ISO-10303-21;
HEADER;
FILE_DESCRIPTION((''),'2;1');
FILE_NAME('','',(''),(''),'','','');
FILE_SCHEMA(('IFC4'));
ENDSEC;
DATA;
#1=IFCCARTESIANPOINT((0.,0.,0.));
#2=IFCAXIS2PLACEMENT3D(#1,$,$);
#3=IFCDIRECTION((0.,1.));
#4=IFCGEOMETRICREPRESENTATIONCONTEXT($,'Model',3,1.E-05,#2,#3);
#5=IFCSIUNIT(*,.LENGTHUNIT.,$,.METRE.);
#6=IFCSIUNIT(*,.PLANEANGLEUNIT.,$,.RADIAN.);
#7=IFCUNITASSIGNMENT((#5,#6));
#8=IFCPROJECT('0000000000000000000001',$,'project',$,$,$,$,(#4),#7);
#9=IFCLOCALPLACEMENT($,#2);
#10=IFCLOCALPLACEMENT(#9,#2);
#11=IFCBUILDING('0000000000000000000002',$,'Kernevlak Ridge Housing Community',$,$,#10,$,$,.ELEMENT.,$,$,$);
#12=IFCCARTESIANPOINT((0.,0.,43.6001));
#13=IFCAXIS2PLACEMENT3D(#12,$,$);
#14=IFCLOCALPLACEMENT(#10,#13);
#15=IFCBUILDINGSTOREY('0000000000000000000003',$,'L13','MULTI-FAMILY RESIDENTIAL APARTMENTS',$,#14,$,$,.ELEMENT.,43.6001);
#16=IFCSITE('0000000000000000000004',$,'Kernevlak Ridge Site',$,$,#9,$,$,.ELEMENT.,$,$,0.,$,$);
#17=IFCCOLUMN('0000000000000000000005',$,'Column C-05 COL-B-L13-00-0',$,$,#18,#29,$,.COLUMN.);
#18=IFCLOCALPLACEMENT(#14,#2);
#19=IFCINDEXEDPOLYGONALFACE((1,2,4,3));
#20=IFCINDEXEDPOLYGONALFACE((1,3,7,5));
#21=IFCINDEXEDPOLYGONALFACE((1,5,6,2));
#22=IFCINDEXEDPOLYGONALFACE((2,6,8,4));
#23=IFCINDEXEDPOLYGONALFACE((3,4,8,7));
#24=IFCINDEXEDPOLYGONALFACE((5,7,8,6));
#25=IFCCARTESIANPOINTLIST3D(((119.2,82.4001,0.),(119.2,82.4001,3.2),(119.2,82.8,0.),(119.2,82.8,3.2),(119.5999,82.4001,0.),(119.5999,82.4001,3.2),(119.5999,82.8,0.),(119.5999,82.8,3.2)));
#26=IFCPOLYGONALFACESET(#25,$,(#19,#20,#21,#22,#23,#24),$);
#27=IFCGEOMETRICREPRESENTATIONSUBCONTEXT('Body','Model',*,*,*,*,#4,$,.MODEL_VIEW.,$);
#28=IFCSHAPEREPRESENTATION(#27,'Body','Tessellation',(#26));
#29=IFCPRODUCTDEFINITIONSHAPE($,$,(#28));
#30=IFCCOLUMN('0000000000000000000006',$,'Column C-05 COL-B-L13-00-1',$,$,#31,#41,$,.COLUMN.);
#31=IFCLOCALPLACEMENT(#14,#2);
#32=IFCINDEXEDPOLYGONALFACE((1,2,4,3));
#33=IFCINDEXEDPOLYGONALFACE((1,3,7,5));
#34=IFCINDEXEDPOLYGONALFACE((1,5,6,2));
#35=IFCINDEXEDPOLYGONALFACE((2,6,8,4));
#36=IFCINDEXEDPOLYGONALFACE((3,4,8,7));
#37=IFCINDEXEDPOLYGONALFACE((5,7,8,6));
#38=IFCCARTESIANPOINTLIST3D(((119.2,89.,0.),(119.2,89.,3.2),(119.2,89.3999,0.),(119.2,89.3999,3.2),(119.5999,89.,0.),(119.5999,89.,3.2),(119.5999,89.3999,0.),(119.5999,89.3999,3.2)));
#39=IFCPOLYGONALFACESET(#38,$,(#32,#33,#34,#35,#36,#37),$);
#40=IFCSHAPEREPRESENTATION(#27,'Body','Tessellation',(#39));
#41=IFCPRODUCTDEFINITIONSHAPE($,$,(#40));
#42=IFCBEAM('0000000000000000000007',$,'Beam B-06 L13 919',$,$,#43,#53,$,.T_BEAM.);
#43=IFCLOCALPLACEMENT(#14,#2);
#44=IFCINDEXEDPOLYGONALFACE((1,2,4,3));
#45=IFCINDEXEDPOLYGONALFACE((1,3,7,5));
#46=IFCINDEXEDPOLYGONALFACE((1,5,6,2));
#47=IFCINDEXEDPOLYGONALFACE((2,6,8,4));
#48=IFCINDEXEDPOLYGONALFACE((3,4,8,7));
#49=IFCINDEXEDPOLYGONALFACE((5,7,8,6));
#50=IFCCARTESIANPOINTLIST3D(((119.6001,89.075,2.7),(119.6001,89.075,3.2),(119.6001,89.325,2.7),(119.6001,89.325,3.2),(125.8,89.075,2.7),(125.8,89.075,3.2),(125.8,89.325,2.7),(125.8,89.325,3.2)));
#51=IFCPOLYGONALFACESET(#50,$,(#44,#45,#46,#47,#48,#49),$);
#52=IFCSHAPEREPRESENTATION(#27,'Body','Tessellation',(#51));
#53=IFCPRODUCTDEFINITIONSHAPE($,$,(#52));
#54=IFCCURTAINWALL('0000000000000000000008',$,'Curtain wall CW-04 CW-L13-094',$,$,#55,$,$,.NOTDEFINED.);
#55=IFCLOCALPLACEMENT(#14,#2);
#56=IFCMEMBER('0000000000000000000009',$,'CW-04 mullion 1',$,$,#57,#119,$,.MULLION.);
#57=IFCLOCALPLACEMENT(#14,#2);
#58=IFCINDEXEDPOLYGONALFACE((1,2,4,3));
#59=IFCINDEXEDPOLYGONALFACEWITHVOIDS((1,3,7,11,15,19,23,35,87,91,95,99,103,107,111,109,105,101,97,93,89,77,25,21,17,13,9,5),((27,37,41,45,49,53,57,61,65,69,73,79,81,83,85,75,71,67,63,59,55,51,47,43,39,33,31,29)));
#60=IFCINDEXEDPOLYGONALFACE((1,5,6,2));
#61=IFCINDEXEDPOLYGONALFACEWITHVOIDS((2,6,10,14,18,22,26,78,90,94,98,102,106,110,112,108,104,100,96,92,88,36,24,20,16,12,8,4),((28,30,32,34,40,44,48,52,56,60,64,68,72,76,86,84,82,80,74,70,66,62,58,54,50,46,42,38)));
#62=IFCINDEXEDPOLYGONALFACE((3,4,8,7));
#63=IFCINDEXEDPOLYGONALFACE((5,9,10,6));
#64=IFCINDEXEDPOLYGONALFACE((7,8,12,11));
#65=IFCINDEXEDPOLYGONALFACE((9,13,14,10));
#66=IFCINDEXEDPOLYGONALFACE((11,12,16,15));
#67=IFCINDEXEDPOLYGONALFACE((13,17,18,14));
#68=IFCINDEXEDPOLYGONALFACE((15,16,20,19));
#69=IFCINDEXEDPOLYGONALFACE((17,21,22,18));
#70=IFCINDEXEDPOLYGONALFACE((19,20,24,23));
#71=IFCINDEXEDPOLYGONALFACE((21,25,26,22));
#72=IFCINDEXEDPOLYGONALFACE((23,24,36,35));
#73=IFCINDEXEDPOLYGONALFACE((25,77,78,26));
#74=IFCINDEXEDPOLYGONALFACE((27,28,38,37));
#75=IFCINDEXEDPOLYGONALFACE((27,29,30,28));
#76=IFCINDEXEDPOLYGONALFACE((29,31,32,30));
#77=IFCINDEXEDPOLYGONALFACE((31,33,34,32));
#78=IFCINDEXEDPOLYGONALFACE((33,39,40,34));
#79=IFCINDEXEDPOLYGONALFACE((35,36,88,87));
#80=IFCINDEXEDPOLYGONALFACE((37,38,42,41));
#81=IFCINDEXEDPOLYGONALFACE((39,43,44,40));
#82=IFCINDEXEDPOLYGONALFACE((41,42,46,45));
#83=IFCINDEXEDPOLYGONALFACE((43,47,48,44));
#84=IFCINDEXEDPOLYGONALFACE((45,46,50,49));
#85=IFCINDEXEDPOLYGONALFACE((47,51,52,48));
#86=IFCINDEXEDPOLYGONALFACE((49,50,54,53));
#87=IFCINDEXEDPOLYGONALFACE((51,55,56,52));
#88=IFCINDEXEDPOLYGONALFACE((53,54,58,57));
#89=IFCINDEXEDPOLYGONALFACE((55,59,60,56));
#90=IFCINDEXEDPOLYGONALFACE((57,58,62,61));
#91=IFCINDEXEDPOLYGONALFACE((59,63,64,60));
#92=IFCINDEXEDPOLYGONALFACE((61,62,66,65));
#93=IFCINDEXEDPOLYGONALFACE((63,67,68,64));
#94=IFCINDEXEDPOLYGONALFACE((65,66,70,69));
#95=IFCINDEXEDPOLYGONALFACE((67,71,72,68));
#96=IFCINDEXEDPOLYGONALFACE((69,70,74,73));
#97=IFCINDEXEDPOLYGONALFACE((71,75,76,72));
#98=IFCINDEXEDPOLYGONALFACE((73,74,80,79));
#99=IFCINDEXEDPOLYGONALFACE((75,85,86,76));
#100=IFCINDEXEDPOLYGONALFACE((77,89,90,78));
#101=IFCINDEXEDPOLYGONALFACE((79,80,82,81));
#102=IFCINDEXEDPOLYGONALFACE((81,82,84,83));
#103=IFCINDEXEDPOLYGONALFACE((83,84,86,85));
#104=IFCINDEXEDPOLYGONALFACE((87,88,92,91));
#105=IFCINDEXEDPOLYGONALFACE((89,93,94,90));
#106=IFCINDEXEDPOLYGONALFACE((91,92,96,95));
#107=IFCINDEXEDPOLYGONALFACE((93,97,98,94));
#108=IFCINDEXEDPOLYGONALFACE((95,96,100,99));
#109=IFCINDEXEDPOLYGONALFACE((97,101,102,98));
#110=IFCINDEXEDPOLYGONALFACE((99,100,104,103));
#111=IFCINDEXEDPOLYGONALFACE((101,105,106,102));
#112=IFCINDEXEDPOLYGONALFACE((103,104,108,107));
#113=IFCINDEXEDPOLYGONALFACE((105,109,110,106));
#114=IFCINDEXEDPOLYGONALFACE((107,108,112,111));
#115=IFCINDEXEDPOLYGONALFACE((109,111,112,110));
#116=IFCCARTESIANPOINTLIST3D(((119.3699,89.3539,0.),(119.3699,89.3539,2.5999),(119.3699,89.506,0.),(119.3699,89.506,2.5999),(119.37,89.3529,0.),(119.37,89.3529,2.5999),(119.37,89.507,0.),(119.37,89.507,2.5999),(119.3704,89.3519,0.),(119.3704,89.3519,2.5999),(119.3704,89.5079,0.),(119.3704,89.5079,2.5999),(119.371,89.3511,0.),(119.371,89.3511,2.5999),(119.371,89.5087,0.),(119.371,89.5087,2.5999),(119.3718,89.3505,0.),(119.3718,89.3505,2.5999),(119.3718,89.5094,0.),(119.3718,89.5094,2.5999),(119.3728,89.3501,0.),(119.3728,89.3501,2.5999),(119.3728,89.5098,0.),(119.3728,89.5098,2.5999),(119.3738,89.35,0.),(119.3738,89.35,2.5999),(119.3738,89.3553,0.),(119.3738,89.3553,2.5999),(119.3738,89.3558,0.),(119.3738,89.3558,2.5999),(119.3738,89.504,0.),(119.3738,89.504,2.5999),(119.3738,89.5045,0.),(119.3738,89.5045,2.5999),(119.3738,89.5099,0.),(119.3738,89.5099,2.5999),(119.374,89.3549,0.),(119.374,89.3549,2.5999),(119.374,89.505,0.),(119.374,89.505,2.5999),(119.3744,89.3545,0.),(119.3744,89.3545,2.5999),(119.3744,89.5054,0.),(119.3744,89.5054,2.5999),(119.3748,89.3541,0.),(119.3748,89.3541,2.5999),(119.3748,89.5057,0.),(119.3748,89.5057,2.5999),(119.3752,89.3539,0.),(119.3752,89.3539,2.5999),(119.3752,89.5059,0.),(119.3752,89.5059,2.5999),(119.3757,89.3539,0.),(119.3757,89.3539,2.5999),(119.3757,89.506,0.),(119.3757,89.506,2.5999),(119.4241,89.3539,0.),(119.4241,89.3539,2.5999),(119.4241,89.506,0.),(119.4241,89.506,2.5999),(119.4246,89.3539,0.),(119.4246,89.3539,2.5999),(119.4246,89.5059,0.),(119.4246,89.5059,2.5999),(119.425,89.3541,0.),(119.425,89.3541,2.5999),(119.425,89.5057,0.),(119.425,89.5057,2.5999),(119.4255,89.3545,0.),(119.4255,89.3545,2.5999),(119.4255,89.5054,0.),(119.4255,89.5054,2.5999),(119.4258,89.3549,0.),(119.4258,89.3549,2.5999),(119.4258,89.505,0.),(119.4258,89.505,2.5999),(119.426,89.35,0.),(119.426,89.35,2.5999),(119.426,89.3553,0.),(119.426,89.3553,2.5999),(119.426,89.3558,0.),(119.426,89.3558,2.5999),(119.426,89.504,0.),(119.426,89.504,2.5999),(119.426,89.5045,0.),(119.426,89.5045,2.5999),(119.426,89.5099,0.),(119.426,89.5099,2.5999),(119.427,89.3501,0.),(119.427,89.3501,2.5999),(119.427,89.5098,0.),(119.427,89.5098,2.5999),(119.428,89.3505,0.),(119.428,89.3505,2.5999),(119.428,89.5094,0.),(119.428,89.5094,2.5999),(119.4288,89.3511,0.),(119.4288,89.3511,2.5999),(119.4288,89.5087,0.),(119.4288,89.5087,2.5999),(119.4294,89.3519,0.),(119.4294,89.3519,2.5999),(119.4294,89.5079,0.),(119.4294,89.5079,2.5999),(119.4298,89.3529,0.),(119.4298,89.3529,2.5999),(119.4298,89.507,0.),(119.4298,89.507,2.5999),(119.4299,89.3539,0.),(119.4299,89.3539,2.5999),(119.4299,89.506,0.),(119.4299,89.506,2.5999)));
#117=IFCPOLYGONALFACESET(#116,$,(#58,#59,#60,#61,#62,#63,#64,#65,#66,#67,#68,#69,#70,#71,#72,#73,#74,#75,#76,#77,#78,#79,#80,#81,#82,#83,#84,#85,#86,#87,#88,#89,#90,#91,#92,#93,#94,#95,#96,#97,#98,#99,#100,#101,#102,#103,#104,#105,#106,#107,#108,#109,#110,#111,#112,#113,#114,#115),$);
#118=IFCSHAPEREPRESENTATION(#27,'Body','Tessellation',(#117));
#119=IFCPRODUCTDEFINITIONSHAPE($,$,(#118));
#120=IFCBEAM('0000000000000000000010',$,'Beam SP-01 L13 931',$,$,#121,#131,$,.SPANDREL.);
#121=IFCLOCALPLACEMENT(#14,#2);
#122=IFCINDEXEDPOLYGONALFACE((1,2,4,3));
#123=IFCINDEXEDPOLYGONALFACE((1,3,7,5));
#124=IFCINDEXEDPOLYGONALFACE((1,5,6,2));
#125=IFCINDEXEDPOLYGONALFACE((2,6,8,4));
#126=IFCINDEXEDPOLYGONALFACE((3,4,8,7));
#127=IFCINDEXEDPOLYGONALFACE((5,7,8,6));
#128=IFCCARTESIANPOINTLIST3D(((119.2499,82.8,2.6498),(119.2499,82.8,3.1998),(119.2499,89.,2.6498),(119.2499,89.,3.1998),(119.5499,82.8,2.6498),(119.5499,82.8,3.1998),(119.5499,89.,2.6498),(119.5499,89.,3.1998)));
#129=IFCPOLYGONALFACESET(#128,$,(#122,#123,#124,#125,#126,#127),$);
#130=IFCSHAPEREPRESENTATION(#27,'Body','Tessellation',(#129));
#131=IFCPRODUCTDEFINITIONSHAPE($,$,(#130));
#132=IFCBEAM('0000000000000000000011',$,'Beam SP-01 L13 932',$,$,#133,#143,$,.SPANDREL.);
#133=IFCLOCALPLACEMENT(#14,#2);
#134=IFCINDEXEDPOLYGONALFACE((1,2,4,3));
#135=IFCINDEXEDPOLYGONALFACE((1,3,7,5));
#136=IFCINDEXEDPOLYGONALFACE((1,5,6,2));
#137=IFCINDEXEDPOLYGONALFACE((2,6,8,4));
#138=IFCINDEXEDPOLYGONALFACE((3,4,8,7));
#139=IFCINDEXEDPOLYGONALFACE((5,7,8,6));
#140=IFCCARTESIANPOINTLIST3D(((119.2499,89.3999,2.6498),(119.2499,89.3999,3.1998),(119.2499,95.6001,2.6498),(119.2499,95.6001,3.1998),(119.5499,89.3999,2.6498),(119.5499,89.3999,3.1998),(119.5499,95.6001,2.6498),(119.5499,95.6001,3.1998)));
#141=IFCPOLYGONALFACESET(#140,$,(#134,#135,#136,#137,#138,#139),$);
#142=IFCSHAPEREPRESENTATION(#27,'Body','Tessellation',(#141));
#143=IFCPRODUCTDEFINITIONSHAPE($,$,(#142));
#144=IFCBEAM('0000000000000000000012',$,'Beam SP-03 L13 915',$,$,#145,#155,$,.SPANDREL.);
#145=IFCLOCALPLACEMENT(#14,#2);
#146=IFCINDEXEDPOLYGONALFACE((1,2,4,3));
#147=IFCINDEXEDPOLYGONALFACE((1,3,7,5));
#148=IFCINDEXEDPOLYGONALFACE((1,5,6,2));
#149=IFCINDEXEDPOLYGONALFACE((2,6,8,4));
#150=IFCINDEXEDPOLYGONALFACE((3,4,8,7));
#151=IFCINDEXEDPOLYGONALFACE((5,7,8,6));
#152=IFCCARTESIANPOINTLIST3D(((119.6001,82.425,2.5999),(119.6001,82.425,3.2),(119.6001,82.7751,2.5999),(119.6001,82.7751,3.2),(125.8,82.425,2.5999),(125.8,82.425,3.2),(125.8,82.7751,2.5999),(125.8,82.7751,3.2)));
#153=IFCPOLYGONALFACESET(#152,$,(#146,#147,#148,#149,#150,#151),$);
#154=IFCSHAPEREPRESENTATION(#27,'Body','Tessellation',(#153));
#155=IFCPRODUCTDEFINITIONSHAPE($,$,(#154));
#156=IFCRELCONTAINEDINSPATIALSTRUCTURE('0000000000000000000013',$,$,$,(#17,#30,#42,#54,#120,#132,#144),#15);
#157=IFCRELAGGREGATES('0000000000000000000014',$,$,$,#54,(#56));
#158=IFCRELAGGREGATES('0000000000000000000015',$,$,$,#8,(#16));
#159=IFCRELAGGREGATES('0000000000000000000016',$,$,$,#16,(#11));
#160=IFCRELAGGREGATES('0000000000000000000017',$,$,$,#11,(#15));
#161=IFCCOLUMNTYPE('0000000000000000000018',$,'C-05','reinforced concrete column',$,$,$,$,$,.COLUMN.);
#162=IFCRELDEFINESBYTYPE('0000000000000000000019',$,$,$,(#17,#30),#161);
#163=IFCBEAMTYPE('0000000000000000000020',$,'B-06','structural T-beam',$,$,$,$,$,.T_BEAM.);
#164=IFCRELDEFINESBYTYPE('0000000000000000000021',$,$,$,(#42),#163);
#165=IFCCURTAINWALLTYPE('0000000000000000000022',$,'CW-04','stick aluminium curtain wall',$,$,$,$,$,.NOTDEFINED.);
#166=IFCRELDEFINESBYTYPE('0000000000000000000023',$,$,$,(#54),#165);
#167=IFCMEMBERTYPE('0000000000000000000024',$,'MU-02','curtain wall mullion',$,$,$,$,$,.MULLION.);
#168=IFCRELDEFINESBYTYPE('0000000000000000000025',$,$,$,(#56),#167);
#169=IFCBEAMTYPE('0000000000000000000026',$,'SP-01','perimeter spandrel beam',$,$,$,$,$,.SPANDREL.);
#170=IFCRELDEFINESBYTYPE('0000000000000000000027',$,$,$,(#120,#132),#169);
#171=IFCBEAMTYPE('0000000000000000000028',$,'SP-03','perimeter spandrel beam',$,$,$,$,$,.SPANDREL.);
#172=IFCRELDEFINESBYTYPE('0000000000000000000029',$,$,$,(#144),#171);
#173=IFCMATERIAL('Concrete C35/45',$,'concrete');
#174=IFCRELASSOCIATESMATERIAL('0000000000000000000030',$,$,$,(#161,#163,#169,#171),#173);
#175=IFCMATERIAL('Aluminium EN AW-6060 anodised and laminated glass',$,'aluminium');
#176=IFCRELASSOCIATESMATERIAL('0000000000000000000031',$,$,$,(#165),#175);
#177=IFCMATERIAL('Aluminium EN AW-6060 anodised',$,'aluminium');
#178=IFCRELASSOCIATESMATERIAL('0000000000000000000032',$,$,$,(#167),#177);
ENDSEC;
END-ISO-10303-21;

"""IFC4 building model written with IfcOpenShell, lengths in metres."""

from ifc_helpers import new_model, si_unit, direction, frame, origin, origin_2d, place, context, subcontext, project, spatial, rectangle, hollow_rectangle, extrude, material, material_profile, profile_set, type_object, element, aggregate, save


model = new_model("IFC4")

# Units and contexts
model_context = context("Model", 3, precision=1e-05, world=origin(), true_north=direction((0.0, 1.0)))
body_context = subcontext(model_context, "Body", "Model", "MODEL_VIEW")
ifc_project = project(units=[si_unit("LENGTHUNIT", "METRE"), si_unit("PLANEANGLEUNIT", "RADIAN")], contexts=[model_context])

# Site, building, storey
site_placement = place(None, origin())
site = spatial("IfcSite", under=ifc_project, at=site_placement, Name="Kernevlak Ridge Site", CompositionType="ELEMENT", RefElevation=0.0)
building_placement = place(site_placement, origin())
building = spatial("IfcBuilding", under=site, at=building_placement, Name="Kernevlak Ridge Housing Community", CompositionType="ELEMENT")
storey_placement = place(building_placement, frame((0.0, 0.0, 43.6001)))
storey = spatial("IfcBuildingStorey", under=building, at=storey_placement, Name="L13", Description="MULTI-FAMILY RESIDENTIAL APARTMENTS", CompositionType="ELEMENT", Elevation=43.6001)

# Columns
ifc_material_1 = material(Name="Concrete C35/45", Category="concrete")
ifc_material_profile_1 = material_profile(ifc_material_1, rectangle(XDim=0.3999, YDim=0.3999, at=origin_2d()), Name="RC 400x400")
ifc_profile_set_1 = profile_set([ifc_material_profile_1], Name="Concrete C35/45")
column_type = type_object("IfcColumnType", Name="C-05", Description="reinforced concrete column", PredefinedType="COLUMN", material=ifc_profile_set_1)
for number, where, z_axis, x_axis, name in (
    (1, (119.3999, 82.6001, 0.0), (0.0, 0.0, 1.0), (1.0, 0.0, 0.0), "Column C-05 COL-B-L13-00-0"),
    (2, (119.3999, 89.2, 0.0), (0.0, 0.0, 1.0), (1.0, 0.0, 0.0), "Column C-05 COL-B-L13-00-1"),
):
    element("IfcColumn", number, at=place(storey_placement, frame(where, z_axis=z_axis, x_axis=x_axis)), inside=storey, type_object=column_type, Name=name, PredefinedType="COLUMN", context=body_context, shape_type="SweptSolid", body=[
        extrude(rectangle(XDim=0.3999, YDim=0.3999, at=origin_2d()), origin(), (0.0, 0.0, 1.0), 3.2),
    ])

# Beam
ifc_material_profile_2 = material_profile(ifc_material_1, rectangle(XDim=0.25, YDim=0.5, at=origin_2d()), Name="RC 250x500")
ifc_profile_set_2 = profile_set([ifc_material_profile_2], Name="Concrete C35/45")
beam_type_1 = type_object("IfcBeamType", Name="B-06", Description="structural T-beam", PredefinedType="T_BEAM", material=ifc_profile_set_2)
beam_1_placement = place(storey_placement, frame((119.6001, 89.2, 2.95), z_axis=(1.0, 0.0, 0.0), x_axis=(0.0, 1.0, 0.0)))
element("IfcBeam", 3, at=beam_1_placement, inside=storey, type_object=beam_type_1, Name="Beam B-06 L13 919", PredefinedType="T_BEAM", context=body_context, shape_type="SweptSolid", body=[
    extrude(rectangle(XDim=0.25, YDim=0.5, at=origin_2d()), origin(), (0.0, 0.0, 1.0), 6.2),
])

# Curtain wall, member
ifc_material_2 = material(Name="Aluminium EN AW-6060 anodised and laminated glass", Category="aluminium")
curtain_wall_type_1 = type_object("IfcCurtainWallType", Name="CW-04", Description="stick aluminium curtain wall", PredefinedType="NOTDEFINED", material=ifc_material_2)
curtain_wall_1_placement = place(storey_placement, origin())
curtain_wall_1 = element("IfcCurtainWall", 4, at=curtain_wall_1_placement, inside=storey, type_object=curtain_wall_type_1, Name="Curtain wall CW-04 CW-L13-094", PredefinedType="NOTDEFINED")
ifc_material_3 = material(Name="Aluminium EN AW-6060 anodised", Category="aluminium")
ifc_material_profile_3 = material_profile(ifc_material_3, hollow_rectangle(XDim=0.0601, YDim=0.1599, WallThickness=0.0039, InnerFilletRadius=0.002, OuterFilletRadius=0.0039, at=origin_2d()), Name="ALU 60x160x4")
ifc_profile_set_3 = profile_set([ifc_material_profile_3], Name="Aluminium EN AW-6060 anodised")
member_type_1 = type_object("IfcMemberType", Name="MU-02", Description="curtain wall mullion", PredefinedType="MULLION", material=ifc_profile_set_3)
member_1_placement = place(storey_placement, frame((119.3999, 89.4299, 0.0), z_axis=(0.0, 0.0, 1.0), x_axis=(-1.0, 0.0, 0.0)))
member_1 = element("IfcMember", 5, at=member_1_placement, type_object=member_type_1, Name="CW-04 mullion 1", PredefinedType="MULLION", context=body_context, shape_type="SweptSolid", body=[
    extrude(hollow_rectangle(XDim=0.0601, YDim=0.1599, WallThickness=0.0039, InnerFilletRadius=0.002, OuterFilletRadius=0.0039, at=origin_2d()), origin(), (0.0, 0.0, 1.0), 2.5999),
])

# Beams
ifc_material_profile_4 = material_profile(ifc_material_1, rectangle(XDim=0.3, YDim=0.55, at=origin_2d()), Name="RC 300x550")
ifc_profile_set_4 = profile_set([ifc_material_profile_4], Name="Concrete C35/45")
beam_type_2 = type_object("IfcBeamType", Name="SP-01", Description="perimeter spandrel beam", PredefinedType="SPANDREL", material=ifc_profile_set_4)
beam_2_placement = place(storey_placement, frame((119.3999, 82.8, 2.9248), z_axis=(0.0, 1.0, 0.0), x_axis=(-1.0, 0.0, 0.0)))
element("IfcBeam", 6, at=beam_2_placement, inside=storey, type_object=beam_type_2, Name="Beam SP-01 L13 931", PredefinedType="SPANDREL", context=body_context, shape_type="SweptSolid", body=[
    extrude(rectangle(XDim=0.3, YDim=0.55, at=origin_2d()), origin(), (0.0, 0.0, 1.0), 6.2),
])
beam_3_placement = place(storey_placement, frame((119.3999, 89.3999, 2.9248), z_axis=(0.0, 1.0, 0.0), x_axis=(-1.0, 0.0, 0.0)))
element("IfcBeam", 7, at=beam_3_placement, inside=storey, type_object=beam_type_2, Name="Beam SP-01 L13 932", PredefinedType="SPANDREL", context=body_context, shape_type="SweptSolid", body=[
    extrude(rectangle(XDim=0.3, YDim=0.55, at=origin_2d()), origin(), (0.0, 0.0, 1.0), 6.2002),
])
ifc_material_profile_5 = material_profile(ifc_material_1, rectangle(XDim=0.3501, YDim=0.6001, at=origin_2d()), Name="RC 350x600")
ifc_profile_set_5 = profile_set([ifc_material_profile_5], Name="Concrete C35/45")
beam_type_3 = type_object("IfcBeamType", Name="SP-03", Description="perimeter spandrel beam", PredefinedType="SPANDREL", material=ifc_profile_set_5)
beam_4_placement = place(storey_placement, frame((119.6001, 82.6001, 2.8999), z_axis=(1.0, 0.0, 0.0), x_axis=(0.0, 1.0, 0.0)))
element("IfcBeam", 8, at=beam_4_placement, inside=storey, type_object=beam_type_3, Name="Beam SP-03 L13 915", PredefinedType="SPANDREL", context=body_context, shape_type="SweptSolid", body=[
    extrude(rectangle(XDim=0.3501, YDim=0.6001, at=origin_2d()), origin(), (0.0, 0.0, 1.0), 6.2),
])

aggregate(curtain_wall_1, [member_1])

save(model, "model.ifc")
